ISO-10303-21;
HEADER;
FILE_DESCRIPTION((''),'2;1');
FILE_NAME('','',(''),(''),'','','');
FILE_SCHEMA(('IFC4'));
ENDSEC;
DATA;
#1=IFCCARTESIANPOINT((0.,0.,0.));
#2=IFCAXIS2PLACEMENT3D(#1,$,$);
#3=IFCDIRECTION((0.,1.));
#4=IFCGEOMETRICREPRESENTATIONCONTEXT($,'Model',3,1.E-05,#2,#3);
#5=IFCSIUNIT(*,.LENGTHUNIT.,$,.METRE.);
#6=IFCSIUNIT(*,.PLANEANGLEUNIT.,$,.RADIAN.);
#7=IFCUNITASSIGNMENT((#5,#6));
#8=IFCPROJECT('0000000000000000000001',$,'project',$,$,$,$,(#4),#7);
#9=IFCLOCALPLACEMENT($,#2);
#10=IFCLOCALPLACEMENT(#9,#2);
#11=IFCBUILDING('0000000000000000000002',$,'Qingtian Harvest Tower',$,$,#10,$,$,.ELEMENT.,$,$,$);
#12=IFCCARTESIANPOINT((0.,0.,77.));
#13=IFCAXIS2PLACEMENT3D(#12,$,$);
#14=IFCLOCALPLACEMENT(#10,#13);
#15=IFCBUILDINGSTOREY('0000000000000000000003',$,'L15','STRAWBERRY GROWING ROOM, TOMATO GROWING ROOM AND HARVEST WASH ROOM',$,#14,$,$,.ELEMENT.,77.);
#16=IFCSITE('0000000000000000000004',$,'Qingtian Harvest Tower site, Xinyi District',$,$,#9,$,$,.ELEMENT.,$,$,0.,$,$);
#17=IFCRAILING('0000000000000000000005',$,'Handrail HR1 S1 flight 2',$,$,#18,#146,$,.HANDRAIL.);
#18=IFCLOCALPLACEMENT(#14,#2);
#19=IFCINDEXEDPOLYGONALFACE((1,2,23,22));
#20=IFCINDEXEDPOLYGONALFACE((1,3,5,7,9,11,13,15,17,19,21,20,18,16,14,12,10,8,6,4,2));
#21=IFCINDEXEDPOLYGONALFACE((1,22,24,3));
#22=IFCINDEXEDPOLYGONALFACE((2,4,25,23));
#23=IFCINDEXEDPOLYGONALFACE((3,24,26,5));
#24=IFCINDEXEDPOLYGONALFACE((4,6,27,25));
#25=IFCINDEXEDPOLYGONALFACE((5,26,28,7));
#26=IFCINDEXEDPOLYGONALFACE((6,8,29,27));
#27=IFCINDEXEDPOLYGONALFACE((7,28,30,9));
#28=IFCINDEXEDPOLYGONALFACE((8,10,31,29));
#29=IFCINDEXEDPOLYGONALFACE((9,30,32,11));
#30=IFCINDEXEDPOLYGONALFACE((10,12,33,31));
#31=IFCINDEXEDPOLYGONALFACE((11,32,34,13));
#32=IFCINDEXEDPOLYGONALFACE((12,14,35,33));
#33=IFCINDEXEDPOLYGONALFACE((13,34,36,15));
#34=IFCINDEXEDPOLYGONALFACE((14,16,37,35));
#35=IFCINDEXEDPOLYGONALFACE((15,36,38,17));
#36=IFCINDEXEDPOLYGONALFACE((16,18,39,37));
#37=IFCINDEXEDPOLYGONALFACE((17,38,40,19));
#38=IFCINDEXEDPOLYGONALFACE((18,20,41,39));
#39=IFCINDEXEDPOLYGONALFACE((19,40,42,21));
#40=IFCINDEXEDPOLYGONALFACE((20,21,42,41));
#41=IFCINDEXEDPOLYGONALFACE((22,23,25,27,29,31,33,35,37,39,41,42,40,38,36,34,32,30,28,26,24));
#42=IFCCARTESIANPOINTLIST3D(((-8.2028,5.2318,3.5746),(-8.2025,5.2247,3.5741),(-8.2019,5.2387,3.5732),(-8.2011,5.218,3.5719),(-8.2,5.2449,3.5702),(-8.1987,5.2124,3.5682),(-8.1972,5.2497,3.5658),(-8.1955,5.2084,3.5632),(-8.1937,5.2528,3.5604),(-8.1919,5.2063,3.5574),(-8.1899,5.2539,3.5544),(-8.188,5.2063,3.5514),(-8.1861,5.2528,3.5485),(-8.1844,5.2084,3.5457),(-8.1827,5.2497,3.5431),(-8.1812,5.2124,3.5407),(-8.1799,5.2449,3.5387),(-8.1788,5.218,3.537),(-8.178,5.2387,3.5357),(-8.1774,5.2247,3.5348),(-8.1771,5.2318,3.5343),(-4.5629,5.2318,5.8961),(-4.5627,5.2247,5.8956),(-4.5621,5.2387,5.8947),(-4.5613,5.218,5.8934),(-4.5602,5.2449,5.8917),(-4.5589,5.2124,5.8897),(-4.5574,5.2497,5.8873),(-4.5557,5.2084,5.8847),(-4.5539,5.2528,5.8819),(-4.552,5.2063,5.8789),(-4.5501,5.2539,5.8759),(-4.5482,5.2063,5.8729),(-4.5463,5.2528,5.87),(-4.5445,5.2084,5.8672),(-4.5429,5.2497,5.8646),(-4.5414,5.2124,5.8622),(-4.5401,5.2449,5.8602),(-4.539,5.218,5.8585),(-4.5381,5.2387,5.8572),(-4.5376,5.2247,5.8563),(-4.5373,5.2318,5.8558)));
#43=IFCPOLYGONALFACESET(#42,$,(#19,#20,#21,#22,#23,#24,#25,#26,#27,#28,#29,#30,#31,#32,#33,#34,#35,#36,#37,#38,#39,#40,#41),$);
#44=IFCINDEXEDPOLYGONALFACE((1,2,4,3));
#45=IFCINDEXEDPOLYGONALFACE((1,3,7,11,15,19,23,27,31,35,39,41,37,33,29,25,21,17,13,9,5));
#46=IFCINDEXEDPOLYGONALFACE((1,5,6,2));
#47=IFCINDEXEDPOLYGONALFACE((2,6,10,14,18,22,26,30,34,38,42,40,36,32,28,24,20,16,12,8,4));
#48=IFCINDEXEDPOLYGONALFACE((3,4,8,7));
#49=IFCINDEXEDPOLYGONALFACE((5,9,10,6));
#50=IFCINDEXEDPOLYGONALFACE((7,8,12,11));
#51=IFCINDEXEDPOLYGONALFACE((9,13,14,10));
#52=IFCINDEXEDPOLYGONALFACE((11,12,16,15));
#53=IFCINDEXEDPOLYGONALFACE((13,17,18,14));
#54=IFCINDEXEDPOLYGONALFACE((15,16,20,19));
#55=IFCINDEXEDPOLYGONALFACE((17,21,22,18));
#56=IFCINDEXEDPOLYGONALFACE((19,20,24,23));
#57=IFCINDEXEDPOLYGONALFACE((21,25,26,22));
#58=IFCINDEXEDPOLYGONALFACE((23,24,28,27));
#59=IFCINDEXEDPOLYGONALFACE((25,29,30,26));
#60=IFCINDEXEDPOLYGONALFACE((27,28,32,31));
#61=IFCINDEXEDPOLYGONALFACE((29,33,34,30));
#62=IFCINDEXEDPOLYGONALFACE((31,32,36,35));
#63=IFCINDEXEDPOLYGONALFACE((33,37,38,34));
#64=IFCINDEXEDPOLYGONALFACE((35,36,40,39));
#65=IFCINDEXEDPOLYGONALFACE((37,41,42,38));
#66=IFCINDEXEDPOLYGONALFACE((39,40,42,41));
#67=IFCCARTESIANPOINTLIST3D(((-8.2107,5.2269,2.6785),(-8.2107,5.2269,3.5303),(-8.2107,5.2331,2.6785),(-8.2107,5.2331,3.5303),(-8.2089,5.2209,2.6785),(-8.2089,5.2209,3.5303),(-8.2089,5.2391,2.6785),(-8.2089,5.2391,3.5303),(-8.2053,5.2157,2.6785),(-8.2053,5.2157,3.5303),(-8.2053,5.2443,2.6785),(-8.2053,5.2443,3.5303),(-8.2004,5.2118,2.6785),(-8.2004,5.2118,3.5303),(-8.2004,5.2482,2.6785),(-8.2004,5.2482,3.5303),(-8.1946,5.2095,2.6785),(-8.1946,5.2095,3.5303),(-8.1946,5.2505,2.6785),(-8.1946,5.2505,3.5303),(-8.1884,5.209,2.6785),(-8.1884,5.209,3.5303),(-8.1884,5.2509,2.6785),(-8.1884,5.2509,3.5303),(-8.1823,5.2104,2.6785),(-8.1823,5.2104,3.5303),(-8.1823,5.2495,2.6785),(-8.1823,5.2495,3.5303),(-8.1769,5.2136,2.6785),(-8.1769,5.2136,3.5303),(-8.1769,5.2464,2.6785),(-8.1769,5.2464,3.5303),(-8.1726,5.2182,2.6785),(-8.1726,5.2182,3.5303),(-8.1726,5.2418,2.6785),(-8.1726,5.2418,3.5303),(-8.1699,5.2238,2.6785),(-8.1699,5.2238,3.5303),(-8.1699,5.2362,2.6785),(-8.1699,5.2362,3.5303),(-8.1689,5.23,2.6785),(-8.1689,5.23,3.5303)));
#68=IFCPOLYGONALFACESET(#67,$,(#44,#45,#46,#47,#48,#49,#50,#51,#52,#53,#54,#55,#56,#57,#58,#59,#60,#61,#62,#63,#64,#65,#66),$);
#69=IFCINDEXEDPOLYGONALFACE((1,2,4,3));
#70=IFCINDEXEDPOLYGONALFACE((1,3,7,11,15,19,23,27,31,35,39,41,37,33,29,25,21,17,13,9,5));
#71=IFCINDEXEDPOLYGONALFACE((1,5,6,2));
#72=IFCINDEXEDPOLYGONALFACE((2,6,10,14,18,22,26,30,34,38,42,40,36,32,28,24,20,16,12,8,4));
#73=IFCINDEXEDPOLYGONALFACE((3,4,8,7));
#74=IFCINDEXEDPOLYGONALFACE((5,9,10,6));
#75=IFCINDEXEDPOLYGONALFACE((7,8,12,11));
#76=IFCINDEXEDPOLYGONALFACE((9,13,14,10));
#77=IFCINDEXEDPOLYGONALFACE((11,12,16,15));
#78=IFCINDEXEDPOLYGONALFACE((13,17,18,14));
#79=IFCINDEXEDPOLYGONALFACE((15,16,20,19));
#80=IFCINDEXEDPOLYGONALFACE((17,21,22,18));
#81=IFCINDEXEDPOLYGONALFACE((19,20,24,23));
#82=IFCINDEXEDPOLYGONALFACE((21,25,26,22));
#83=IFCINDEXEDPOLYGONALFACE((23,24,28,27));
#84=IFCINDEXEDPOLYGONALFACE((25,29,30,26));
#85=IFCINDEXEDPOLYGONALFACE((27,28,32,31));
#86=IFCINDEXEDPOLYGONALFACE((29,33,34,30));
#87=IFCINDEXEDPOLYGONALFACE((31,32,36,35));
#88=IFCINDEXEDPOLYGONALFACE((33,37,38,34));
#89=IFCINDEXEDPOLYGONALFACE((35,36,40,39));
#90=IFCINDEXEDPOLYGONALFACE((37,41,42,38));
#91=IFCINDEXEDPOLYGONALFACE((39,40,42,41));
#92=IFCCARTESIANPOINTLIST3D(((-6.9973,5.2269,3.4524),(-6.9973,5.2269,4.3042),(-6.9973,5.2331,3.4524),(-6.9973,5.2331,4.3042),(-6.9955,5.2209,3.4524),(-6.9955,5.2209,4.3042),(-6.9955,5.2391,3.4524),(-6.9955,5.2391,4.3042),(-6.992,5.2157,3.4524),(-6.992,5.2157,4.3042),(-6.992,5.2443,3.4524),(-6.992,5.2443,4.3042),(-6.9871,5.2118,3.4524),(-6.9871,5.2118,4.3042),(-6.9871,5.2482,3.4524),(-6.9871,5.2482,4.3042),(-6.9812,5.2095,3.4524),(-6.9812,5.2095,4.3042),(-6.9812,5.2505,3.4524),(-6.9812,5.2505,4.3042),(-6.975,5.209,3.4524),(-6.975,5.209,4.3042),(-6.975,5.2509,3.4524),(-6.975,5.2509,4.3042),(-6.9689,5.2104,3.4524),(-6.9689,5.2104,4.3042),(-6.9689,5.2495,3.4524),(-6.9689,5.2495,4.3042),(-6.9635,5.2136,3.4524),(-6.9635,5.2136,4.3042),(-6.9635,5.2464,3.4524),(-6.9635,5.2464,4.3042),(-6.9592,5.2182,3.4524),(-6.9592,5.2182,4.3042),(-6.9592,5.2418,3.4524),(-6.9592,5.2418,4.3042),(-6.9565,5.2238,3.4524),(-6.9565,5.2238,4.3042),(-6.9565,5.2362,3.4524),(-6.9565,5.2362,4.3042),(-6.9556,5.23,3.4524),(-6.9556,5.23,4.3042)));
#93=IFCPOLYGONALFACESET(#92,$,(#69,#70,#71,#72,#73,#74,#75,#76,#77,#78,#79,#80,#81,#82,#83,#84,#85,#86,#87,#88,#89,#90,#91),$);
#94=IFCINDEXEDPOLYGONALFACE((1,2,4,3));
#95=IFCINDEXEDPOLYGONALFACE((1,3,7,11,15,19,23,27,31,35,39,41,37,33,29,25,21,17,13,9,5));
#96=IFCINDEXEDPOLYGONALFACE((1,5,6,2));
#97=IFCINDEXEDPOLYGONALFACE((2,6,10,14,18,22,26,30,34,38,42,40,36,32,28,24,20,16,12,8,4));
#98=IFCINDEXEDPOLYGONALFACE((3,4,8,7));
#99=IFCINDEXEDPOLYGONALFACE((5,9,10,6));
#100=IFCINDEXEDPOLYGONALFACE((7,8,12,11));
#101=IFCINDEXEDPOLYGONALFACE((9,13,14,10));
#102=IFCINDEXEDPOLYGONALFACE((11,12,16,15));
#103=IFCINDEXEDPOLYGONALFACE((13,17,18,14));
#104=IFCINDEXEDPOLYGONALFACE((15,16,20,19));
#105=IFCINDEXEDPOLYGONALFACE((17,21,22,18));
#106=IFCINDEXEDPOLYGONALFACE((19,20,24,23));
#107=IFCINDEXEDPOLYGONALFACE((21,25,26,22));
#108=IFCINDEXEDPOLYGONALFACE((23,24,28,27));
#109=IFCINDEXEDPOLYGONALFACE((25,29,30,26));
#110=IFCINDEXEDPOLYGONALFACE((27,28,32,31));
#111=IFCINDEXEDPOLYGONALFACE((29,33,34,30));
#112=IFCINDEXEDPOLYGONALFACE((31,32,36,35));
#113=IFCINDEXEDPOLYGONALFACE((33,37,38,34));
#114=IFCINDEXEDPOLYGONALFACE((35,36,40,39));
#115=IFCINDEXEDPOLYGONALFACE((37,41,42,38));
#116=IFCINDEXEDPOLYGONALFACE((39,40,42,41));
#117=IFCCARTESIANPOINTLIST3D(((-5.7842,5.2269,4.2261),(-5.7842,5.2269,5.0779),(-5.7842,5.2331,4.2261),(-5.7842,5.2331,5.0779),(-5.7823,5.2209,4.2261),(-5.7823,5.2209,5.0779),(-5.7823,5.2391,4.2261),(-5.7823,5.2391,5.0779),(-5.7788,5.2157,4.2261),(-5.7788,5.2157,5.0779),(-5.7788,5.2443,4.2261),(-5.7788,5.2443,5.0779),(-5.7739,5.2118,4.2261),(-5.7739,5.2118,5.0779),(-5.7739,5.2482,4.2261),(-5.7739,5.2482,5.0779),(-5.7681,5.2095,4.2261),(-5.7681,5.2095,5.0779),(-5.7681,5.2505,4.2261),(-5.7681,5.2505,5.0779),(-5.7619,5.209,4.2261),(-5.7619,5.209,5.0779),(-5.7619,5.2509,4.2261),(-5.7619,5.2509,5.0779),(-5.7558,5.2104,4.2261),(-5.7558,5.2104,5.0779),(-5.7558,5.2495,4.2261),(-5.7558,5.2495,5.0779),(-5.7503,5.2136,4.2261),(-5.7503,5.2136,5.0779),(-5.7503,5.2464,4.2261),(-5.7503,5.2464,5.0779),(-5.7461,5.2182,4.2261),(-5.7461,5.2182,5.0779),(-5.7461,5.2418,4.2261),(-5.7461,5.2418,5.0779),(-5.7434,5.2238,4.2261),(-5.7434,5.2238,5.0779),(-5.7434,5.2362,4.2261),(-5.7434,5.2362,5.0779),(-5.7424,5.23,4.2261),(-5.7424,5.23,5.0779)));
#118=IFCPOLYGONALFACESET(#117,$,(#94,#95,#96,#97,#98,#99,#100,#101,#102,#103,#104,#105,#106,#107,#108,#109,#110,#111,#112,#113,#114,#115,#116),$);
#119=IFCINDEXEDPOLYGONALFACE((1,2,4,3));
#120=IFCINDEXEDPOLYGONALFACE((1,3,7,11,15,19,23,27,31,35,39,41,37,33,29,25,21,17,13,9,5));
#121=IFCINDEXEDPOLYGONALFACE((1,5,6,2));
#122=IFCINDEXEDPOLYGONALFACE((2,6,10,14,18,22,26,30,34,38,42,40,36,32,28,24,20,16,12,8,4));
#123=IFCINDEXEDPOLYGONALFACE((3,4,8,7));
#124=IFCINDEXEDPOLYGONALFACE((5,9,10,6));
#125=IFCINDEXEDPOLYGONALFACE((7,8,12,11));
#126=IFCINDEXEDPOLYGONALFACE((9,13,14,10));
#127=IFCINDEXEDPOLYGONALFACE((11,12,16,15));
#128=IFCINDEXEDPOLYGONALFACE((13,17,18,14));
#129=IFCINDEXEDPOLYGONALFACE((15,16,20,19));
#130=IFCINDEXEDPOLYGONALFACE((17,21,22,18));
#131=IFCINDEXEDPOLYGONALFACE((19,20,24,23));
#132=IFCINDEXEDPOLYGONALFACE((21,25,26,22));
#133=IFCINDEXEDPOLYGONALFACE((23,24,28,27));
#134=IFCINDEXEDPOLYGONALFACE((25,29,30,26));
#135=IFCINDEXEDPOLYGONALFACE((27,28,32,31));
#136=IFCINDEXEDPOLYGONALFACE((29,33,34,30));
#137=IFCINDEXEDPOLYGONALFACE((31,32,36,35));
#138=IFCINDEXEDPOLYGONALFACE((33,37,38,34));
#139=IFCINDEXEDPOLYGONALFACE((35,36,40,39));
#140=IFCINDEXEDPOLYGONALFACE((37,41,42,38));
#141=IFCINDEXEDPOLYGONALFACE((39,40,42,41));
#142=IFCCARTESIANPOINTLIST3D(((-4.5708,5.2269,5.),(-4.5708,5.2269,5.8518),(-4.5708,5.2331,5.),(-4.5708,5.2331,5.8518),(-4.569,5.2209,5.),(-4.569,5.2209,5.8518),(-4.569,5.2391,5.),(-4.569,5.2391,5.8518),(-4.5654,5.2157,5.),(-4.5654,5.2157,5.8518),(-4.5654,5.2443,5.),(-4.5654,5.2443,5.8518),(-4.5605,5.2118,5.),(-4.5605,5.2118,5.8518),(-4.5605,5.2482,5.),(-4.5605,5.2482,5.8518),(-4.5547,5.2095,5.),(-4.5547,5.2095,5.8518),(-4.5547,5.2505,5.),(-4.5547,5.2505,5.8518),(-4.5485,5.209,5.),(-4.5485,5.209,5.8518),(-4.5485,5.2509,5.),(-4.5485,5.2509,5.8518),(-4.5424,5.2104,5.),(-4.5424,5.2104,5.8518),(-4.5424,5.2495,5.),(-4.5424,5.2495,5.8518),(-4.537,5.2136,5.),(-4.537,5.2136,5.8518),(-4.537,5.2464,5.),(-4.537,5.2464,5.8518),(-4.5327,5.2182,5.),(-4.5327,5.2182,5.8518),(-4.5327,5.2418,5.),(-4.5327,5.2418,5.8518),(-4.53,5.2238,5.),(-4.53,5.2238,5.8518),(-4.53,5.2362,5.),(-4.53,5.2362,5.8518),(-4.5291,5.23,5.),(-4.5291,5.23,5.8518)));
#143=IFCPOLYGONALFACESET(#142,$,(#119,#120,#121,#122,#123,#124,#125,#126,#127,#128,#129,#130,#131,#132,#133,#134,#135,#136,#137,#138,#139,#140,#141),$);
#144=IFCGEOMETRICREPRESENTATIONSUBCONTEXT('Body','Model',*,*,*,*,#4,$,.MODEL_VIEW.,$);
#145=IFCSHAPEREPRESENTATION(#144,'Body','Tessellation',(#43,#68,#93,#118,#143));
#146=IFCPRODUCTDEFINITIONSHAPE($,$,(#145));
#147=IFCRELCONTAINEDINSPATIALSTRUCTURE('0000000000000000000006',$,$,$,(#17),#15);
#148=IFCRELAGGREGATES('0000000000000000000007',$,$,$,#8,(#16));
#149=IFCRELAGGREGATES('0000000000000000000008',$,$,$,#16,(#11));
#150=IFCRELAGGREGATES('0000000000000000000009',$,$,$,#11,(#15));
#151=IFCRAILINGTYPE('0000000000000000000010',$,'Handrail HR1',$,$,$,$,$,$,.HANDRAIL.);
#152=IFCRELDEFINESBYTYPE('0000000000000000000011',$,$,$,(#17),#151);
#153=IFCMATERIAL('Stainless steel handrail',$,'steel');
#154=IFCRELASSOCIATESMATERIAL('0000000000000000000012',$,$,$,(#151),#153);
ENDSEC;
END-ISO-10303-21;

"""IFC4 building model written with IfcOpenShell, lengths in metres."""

from ifc_helpers import new_model, si_unit, direction, frame, origin, origin_2d, place, context, subcontext, project, spatial, circle, extrude, material, type_object, element, save


model = new_model("IFC4")

# Units and contexts
model_context = context("Model", 3, precision=1e-05, world=origin(), true_north=direction((0.0, 1.0)))
body_context = subcontext(model_context, "Body", "Model", "MODEL_VIEW")
ifc_project = project(units=[si_unit("LENGTHUNIT", "METRE"), si_unit("PLANEANGLEUNIT", "RADIAN")], contexts=[model_context])

# Site, building, storey
site_placement = place(None, origin())
site = spatial("IfcSite", under=ifc_project, at=site_placement, Name="Qingtian Harvest Tower site, Xinyi District", CompositionType="ELEMENT", RefElevation=0.0)
building_placement = place(site_placement, origin())
building = spatial("IfcBuilding", under=site, at=building_placement, Name="Qingtian Harvest Tower", CompositionType="ELEMENT")
storey_placement = place(building_placement, frame((0.0, 0.0, 77.0)))
storey = spatial("IfcBuildingStorey", under=building, at=storey_placement, Name="L15", Description="STRAWBERRY GROWING ROOM, TOMATO GROWING ROOM AND HARVEST WASH ROOM", CompositionType="ELEMENT", Elevation=77.0)

# Railing
ifc_material_1 = material(Name="Stainless steel handrail", Category="steel")
railing_type = type_object("IfcRailingType", Name="Handrail HR1", PredefinedType="HANDRAIL", material=ifc_material_1)
railing_placement = place(storey_placement, frame((-8.1899, 5.23, 2.6785)))
element("IfcRailing", 1, at=railing_placement, inside=storey, type_object=railing_type, Name="Handrail HR1 S1 flight 2", PredefinedType="HANDRAIL", context=body_context, shape_type="SweptSolid", body=[
    extrude(circle(Radius=0.0239, at=origin_2d()), frame((0.0, 0.0, 0.876), z_axis=(0.843112, 0.0, 0.537739), x_axis=(0.0, 1.0, 0.0)), (0.0, 0.0, 1.0), 4.3171),
    extrude(circle(Radius=0.021, at=origin_2d()), origin(), (0.0, 0.0, 1.0), 0.8518),
    extrude(circle(Radius=0.021, at=origin_2d()), frame((1.2134, 0.0, 0.7739)), (0.0, 0.0, 1.0), 0.8518),
    extrude(circle(Radius=0.021, at=origin_2d()), frame((2.4265, 0.0, 1.5476)), (0.0, 0.0, 1.0), 0.8518),
    extrude(circle(Radius=0.021, at=origin_2d()), frame((3.6399, 0.0, 2.3215)), (0.0, 0.0, 1.0), 0.8518),
])

save(model, "model.ifc")
